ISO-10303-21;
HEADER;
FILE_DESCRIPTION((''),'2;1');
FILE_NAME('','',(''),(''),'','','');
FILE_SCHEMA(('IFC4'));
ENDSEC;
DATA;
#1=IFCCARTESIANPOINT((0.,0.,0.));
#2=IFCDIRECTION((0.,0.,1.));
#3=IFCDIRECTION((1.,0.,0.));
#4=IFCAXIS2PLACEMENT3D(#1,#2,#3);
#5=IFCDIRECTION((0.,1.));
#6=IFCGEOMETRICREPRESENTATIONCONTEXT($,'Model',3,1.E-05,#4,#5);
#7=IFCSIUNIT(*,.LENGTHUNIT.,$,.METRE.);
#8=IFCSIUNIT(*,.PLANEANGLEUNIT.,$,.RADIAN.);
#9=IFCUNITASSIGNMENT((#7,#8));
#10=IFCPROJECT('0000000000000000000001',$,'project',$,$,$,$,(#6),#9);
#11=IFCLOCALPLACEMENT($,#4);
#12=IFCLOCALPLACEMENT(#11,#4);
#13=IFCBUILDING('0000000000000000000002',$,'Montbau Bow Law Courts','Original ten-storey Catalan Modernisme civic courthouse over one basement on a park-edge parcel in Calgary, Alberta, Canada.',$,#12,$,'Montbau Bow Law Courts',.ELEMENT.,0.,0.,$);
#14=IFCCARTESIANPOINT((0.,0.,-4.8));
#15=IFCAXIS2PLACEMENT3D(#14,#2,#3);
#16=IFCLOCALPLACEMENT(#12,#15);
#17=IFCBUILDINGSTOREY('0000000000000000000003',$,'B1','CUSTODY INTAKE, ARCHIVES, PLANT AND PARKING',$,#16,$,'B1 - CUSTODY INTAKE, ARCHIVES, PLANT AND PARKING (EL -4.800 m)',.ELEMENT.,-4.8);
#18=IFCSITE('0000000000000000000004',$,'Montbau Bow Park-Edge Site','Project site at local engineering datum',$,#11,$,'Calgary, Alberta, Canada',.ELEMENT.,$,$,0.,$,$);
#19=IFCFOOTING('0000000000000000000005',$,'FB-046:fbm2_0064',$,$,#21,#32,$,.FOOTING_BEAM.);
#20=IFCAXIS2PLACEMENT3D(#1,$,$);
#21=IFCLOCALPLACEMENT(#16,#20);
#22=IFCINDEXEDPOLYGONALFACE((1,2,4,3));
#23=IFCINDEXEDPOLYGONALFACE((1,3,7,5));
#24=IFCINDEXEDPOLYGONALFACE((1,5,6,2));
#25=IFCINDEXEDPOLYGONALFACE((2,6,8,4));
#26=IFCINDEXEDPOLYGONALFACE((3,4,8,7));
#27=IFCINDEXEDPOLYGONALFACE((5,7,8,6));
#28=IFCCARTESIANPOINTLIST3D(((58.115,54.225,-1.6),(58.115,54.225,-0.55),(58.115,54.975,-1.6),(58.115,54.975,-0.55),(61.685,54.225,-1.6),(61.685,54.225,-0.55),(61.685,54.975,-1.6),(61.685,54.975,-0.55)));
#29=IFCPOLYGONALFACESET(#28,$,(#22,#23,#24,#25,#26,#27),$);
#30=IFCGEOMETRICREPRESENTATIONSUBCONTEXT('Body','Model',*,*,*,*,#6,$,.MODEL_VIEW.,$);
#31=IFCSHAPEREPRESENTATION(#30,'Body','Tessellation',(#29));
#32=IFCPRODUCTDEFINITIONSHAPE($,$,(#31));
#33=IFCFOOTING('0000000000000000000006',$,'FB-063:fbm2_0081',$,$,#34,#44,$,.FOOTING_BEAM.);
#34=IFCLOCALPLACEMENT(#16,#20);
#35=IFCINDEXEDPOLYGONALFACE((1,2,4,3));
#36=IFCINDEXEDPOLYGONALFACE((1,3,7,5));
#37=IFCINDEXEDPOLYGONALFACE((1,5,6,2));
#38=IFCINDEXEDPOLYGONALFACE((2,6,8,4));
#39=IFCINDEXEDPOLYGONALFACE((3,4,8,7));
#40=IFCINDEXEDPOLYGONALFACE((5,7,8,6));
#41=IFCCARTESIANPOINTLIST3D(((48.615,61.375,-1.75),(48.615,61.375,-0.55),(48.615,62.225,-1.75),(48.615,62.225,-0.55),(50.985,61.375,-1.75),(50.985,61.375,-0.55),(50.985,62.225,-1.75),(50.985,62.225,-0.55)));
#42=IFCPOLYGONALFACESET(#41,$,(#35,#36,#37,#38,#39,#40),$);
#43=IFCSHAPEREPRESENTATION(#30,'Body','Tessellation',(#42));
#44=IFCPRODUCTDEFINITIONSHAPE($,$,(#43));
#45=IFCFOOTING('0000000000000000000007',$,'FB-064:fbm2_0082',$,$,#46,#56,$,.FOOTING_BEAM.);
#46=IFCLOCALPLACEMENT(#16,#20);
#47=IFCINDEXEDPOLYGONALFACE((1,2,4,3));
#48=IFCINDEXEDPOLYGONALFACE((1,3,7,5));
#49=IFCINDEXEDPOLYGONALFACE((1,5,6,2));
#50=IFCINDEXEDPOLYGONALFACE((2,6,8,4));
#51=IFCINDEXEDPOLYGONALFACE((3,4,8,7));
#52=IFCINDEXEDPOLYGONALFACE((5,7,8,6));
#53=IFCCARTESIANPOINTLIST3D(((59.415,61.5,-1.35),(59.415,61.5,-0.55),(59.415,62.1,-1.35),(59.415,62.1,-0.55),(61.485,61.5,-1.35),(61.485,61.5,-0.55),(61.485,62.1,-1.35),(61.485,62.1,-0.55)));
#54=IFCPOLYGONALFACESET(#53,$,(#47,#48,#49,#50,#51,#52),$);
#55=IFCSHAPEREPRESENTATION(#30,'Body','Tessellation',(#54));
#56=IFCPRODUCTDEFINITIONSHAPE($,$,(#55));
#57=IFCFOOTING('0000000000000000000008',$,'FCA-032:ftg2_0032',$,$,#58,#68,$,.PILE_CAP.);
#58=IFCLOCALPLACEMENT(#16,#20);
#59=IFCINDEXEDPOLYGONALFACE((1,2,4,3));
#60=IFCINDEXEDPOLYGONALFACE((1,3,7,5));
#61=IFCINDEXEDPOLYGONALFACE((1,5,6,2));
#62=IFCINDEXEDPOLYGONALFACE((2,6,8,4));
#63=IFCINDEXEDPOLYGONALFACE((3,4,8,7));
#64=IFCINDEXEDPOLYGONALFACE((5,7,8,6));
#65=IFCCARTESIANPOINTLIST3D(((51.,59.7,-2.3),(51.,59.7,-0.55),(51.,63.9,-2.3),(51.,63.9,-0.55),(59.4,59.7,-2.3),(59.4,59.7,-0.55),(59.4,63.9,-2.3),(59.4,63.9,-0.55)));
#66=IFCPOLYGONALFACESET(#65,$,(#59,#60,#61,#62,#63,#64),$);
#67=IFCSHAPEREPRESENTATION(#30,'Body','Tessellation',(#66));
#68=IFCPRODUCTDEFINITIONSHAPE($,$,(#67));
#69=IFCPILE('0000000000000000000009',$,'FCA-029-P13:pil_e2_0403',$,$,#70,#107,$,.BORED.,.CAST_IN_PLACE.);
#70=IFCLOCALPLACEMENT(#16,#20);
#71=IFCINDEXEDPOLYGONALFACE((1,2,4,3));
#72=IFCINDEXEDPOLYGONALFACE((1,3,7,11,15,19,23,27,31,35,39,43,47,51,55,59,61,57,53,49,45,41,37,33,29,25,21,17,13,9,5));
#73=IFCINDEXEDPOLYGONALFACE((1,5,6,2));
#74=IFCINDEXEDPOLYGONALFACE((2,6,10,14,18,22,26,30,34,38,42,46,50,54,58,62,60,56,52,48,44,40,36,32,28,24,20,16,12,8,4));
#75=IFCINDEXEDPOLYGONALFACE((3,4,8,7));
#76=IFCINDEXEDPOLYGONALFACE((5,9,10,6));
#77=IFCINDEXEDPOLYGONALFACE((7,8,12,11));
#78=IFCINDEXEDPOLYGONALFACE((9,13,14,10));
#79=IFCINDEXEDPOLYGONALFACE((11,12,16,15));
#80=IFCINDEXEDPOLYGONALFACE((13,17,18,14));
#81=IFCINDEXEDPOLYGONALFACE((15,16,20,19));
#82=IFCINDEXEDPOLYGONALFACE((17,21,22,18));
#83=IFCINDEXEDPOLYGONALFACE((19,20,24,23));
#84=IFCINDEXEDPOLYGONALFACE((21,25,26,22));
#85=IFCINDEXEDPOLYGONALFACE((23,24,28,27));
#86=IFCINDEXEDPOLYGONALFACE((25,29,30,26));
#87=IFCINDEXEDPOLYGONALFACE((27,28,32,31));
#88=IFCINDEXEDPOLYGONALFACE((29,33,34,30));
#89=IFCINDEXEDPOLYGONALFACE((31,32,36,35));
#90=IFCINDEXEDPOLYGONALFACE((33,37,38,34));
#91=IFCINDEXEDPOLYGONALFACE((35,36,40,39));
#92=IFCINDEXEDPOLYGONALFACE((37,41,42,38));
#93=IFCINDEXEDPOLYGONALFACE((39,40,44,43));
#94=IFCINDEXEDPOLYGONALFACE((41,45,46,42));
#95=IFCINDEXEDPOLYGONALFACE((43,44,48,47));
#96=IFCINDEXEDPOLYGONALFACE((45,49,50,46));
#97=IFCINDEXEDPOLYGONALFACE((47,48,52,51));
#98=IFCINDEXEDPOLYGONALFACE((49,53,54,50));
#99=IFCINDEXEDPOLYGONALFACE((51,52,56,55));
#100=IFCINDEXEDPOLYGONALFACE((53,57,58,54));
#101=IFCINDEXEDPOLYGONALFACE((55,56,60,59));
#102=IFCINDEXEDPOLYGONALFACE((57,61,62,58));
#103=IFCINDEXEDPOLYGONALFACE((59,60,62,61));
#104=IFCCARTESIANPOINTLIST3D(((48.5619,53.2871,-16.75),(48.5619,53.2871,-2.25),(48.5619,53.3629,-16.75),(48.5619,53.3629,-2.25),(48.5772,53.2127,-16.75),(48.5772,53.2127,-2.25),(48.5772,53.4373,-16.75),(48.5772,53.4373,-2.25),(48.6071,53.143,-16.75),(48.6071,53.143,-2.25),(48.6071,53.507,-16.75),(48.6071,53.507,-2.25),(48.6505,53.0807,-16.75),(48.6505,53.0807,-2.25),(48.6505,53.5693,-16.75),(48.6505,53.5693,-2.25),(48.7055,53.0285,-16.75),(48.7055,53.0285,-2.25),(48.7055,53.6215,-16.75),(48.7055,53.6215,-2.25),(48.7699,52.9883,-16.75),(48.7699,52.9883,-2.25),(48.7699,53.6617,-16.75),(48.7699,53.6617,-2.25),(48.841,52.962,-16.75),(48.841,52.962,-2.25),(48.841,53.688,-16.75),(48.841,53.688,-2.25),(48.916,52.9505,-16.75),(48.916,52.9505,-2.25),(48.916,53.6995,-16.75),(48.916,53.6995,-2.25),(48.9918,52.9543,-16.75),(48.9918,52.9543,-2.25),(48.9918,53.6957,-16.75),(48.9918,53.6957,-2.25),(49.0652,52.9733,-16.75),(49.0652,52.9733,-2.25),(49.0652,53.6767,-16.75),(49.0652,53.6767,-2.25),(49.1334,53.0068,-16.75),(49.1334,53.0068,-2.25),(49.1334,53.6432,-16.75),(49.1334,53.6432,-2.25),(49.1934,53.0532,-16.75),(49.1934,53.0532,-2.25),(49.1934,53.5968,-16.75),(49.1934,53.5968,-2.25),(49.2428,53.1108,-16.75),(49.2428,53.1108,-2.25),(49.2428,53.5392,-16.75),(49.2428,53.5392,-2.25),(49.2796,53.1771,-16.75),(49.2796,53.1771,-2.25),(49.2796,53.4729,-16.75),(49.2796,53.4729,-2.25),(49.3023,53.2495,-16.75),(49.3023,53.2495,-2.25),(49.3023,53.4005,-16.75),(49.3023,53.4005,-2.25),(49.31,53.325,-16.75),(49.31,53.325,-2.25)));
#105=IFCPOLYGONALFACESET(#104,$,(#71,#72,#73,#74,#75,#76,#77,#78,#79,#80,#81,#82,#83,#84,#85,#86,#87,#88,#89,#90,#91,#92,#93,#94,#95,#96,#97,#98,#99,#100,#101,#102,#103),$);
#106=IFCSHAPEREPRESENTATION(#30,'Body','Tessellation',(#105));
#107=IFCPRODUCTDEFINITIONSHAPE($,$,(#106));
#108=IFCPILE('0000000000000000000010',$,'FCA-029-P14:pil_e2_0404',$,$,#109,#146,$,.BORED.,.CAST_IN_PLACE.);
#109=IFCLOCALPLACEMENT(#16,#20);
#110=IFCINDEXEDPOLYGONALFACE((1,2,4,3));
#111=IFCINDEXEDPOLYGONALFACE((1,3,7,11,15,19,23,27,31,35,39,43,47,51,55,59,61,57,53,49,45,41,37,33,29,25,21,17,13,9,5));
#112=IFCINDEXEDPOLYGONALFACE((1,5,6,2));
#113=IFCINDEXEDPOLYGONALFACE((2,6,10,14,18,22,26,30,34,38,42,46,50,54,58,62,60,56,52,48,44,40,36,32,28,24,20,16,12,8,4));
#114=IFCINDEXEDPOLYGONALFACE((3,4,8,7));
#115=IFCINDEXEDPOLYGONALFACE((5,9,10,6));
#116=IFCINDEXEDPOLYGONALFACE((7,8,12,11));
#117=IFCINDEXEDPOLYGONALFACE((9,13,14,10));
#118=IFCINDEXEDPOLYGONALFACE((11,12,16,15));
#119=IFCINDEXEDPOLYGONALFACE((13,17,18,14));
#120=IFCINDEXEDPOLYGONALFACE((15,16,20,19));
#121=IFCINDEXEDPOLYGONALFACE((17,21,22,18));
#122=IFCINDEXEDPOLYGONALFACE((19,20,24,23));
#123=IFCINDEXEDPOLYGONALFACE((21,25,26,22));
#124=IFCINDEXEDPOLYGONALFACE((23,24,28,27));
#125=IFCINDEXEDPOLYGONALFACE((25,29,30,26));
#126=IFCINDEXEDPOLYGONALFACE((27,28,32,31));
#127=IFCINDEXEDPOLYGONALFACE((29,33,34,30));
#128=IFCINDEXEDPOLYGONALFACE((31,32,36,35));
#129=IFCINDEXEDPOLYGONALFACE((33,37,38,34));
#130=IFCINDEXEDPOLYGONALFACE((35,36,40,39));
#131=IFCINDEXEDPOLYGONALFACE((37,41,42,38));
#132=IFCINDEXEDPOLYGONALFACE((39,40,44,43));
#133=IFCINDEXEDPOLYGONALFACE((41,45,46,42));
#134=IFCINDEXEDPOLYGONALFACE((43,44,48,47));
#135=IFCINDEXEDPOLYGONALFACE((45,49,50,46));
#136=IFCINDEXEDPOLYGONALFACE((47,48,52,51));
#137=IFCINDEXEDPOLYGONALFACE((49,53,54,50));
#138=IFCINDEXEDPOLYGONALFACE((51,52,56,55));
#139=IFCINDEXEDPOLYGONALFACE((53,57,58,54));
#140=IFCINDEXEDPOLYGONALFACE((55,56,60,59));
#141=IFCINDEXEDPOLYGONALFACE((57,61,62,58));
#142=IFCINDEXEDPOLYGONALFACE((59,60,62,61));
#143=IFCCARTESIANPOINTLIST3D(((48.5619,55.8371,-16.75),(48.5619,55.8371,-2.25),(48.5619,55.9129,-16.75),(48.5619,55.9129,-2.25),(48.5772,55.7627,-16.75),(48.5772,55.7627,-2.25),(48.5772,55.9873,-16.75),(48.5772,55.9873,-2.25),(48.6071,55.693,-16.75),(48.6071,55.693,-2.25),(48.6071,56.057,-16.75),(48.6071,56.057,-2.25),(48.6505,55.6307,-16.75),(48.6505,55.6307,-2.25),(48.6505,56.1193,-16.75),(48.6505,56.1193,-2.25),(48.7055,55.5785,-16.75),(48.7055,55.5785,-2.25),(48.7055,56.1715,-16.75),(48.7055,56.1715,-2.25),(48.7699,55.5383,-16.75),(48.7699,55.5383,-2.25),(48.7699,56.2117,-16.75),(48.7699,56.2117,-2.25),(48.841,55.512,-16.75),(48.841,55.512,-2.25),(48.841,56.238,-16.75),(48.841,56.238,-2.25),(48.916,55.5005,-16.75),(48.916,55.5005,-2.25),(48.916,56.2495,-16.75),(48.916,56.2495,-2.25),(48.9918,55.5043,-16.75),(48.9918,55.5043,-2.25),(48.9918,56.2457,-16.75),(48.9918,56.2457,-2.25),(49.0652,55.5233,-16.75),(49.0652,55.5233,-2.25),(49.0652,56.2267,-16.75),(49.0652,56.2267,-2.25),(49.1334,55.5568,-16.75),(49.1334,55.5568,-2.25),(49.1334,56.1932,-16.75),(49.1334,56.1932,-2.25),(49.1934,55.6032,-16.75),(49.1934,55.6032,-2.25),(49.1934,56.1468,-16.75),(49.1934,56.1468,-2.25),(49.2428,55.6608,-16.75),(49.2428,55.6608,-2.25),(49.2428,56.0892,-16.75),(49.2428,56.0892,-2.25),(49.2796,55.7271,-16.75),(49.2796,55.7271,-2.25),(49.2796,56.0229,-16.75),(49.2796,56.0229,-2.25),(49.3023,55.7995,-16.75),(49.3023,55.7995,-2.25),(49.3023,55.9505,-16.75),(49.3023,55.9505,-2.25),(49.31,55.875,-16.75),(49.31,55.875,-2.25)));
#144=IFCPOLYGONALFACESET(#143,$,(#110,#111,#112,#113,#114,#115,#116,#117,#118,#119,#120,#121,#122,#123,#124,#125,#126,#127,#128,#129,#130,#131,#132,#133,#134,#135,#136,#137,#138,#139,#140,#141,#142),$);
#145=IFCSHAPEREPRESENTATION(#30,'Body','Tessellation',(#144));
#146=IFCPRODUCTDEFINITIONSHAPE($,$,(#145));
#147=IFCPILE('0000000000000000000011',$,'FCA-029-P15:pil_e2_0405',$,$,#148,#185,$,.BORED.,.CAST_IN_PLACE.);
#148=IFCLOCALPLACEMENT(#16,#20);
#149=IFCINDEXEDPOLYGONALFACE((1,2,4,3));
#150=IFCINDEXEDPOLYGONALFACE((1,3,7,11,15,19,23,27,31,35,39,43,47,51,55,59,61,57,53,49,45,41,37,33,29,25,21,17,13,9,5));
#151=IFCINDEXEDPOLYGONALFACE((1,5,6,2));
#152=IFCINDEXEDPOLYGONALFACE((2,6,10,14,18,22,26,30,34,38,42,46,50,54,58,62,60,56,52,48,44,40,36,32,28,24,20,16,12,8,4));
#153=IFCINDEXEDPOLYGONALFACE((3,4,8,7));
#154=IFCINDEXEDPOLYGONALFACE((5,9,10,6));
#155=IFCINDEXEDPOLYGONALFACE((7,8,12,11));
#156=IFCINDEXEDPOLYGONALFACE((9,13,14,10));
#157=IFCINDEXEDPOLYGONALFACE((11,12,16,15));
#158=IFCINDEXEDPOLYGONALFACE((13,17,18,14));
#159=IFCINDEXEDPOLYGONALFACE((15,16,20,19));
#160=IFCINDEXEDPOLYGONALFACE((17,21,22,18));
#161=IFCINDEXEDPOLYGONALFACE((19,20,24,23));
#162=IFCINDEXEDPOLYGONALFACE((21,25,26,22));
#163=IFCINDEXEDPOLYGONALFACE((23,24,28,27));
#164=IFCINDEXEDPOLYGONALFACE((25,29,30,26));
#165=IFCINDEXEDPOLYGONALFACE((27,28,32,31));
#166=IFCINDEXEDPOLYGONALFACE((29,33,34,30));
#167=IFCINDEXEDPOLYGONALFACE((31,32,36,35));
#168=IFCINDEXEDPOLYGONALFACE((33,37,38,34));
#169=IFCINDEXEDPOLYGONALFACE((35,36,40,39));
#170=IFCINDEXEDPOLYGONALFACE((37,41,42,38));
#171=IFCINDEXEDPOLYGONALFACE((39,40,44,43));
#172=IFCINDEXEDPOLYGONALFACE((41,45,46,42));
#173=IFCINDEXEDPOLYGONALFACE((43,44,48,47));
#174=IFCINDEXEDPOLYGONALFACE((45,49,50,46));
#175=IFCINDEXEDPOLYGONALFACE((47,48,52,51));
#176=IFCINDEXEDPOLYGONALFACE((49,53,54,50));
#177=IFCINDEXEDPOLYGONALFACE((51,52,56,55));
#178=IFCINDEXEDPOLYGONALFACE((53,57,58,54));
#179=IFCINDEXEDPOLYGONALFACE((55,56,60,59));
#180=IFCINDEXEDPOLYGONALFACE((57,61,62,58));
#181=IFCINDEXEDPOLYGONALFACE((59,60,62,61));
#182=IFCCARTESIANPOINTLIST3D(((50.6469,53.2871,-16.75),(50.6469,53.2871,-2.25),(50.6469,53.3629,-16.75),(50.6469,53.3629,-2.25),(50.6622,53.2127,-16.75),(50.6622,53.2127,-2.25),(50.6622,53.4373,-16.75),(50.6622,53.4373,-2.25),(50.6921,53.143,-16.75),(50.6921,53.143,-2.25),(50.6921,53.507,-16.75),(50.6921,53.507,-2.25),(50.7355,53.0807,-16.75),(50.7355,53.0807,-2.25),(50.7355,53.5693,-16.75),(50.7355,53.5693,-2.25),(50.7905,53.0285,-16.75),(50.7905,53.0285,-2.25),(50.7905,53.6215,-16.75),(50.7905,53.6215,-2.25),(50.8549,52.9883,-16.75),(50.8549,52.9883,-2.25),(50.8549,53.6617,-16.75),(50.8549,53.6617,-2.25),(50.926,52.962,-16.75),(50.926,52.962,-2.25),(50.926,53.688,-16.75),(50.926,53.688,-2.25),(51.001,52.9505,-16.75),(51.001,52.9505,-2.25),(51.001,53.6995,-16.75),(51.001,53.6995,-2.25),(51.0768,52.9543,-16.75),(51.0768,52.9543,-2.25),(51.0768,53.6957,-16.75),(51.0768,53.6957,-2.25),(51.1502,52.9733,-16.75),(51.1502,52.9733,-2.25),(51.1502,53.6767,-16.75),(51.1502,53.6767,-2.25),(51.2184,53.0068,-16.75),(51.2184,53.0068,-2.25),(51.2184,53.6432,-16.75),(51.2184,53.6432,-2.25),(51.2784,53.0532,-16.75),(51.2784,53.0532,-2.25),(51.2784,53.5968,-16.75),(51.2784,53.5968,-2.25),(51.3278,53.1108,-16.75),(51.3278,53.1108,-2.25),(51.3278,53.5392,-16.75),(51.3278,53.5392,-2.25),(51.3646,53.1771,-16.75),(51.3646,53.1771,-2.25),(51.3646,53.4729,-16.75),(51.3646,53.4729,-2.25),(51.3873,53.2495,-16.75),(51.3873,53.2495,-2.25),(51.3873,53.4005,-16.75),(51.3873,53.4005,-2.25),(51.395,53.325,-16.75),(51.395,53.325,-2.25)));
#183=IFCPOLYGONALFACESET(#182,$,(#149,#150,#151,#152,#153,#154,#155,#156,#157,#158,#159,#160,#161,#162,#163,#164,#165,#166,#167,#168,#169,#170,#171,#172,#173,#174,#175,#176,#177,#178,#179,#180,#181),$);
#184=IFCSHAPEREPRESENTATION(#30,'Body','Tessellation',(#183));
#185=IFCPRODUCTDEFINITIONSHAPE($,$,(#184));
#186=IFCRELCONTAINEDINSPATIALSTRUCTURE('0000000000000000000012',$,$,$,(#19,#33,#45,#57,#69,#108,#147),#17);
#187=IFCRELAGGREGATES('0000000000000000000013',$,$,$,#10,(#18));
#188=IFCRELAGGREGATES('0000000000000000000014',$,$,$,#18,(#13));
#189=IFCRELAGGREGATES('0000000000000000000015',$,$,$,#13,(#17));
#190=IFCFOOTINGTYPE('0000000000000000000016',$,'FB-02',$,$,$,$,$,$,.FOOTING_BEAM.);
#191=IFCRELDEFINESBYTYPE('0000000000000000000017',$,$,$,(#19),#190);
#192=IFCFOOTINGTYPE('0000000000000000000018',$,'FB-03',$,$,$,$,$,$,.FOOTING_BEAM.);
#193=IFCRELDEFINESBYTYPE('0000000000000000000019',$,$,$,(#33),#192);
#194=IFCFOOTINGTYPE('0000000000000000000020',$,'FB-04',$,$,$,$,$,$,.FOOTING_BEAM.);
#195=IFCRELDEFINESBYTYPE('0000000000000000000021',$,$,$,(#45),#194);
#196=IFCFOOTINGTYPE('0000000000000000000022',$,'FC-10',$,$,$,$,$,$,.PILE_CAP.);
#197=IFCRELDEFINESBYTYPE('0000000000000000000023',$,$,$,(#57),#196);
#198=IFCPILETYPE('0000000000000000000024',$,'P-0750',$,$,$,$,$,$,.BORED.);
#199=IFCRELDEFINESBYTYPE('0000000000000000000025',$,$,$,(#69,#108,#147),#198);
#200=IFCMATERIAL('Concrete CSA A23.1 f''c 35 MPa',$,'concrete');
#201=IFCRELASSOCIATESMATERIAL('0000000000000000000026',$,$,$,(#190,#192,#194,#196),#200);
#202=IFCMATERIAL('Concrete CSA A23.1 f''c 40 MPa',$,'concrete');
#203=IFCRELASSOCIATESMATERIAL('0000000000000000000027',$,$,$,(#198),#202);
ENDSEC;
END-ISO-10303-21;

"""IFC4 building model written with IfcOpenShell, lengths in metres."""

from ifc_helpers import new_model, si_unit, direction, frame, origin_with_axes, origin_2d_with_axis, place, context, subcontext, project, spatial, rectangle, circle, extrude, material, material_profile, profile_set, type_object, element, save


model = new_model("IFC4")

# Units and contexts
model_context = context("Model", 3, precision=1e-05, world=origin_with_axes(), true_north=direction((0.0, 1.0)))
body_context = subcontext(model_context, "Body", "Model", "MODEL_VIEW")
ifc_project = project(units=[si_unit("LENGTHUNIT", "METRE"), si_unit("PLANEANGLEUNIT", "RADIAN")], contexts=[model_context])

# Site, building, storey
site_placement = place(None, origin_with_axes())
site = spatial("IfcSite", under=ifc_project, at=site_placement, Name="Montbau Bow Park-Edge Site", Description="Project site at local engineering datum", LongName="Calgary, Alberta, Canada", CompositionType="ELEMENT", RefElevation=0.0)
building_placement = place(site_placement, origin_with_axes())
building = spatial("IfcBuilding", under=site, at=building_placement, Name="Montbau Bow Law Courts", Description="Original ten-storey Catalan Modernisme civic courthouse over one basement on a park-edge parcel in Calgary, Alberta, Canada.", LongName="Montbau Bow Law Courts", CompositionType="ELEMENT", ElevationOfRefHeight=0.0, ElevationOfTerrain=0.0)
storey_placement = place(building_placement, frame((0.0, 0.0, -4.8), z_axis=(0.0, 0.0, 1.0), x_axis=(1.0, 0.0, 0.0)))
storey = spatial("IfcBuildingStorey", under=building, at=storey_placement, Name="B1", Description="CUSTODY INTAKE, ARCHIVES, PLANT AND PARKING", LongName="B1 - CUSTODY INTAKE, ARCHIVES, PLANT AND PARKING (EL -4.800 m)", CompositionType="ELEMENT", Elevation=-4.8)

# Footings
ifc_material_1 = material(Name="Concrete CSA A23.1 f'c 35 MPa", Category="concrete")
footing_type_1 = type_object("IfcFootingType", Name="FB-02", PredefinedType="FOOTING_BEAM", material=ifc_material_1)
footing_1_placement = place(None, frame((59.9, 54.6, -6.4), z_axis=(0.0, 0.0, 1.0), x_axis=(1.0, 0.0, 0.0)))
element("IfcFooting", 1, at=footing_1_placement, inside=storey, type_object=footing_type_1, Name="FB-046:fbm2_0064", PredefinedType="FOOTING_BEAM", context=body_context, shape_type="SweptSolid", body=[
    extrude(rectangle(XDim=3.57, YDim=0.75, at=origin_2d_with_axis()), origin_with_axes(), (0.0, 0.0, 1.0), 1.05),
])
footing_type_2 = type_object("IfcFootingType", Name="FB-03", PredefinedType="FOOTING_BEAM", material=ifc_material_1)
footing_2_placement = place(None, frame((49.8, 61.8, -6.55), z_axis=(0.0, 0.0, 1.0), x_axis=(1.0, 0.0, 0.0)))
element("IfcFooting", 2, at=footing_2_placement, inside=storey, type_object=footing_type_2, Name="FB-063:fbm2_0081", PredefinedType="FOOTING_BEAM", context=body_context, shape_type="SweptSolid", body=[
    extrude(rectangle(XDim=2.37, YDim=0.85, at=origin_2d_with_axis()), origin_with_axes(), (0.0, 0.0, 1.0), 1.2),
])
footing_type_3 = type_object("IfcFootingType", Name="FB-04", PredefinedType="FOOTING_BEAM", material=ifc_material_1)
footing_3_placement = place(None, frame((60.45, 61.8, -6.15), z_axis=(0.0, 0.0, 1.0), x_axis=(1.0, 0.0, 0.0)))
element("IfcFooting", 3, at=footing_3_placement, inside=storey, type_object=footing_type_3, Name="FB-064:fbm2_0082", PredefinedType="FOOTING_BEAM", context=body_context, shape_type="SweptSolid", body=[
    extrude(rectangle(XDim=2.07, YDim=0.6, at=origin_2d_with_axis()), origin_with_axes(), (0.0, 0.0, 1.0), 0.8),
])
footing_type_4 = type_object("IfcFootingType", Name="FC-10", PredefinedType="PILE_CAP", material=ifc_material_1)
footing_4_placement = place(None, frame((55.2, 61.8, -7.1), z_axis=(0.0, 0.0, 1.0), x_axis=(1.0, 0.0, 0.0)))
element("IfcFooting", 4, at=footing_4_placement, inside=storey, type_object=footing_type_4, Name="FCA-032:ftg2_0032", PredefinedType="PILE_CAP", context=body_context, shape_type="SweptSolid", body=[
    extrude(rectangle(XDim=8.4, YDim=4.2, at=origin_2d_with_axis()), origin_with_axes(), (0.0, 0.0, 1.0), 1.75),
])

# Piles
ifc_material_2 = material(Name="Concrete CSA A23.1 f'c 40 MPa", Category="concrete")
ifc_material_profile_1 = material_profile(ifc_material_2, circle(Radius=0.375, at=origin_2d_with_axis()), Name="BP750", Category="Main", Priority=0)
ifc_profile_set_1 = profile_set([ifc_material_profile_1], Name="Concrete CSA A23.1 f'c 40 MPa")
pile_type_1 = type_object("IfcPileType", Name="P-0750", PredefinedType="BORED", material=ifc_profile_set_1)
for number, where, z_axis, x_axis, name in (
    (5, (48.935, 53.325, -21.55), (0.0, 0.0, 1.0), (1.0, 0.0, 0.0), "FCA-029-P13:pil_e2_0403"),
    (6, (48.935, 55.875, -21.55), (0.0, 0.0, 1.0), (1.0, 0.0, 0.0), "FCA-029-P14:pil_e2_0404"),
    (7, (51.02, 53.325, -21.55), (0.0, 0.0, 1.0), (1.0, 0.0, 0.0), "FCA-029-P15:pil_e2_0405"),
):
    element("IfcPile", number, at=place(None, frame(where, z_axis=z_axis, x_axis=x_axis)), inside=storey, type_object=pile_type_1, Name=name, ConstructionType="CAST_IN_PLACE", PredefinedType="BORED", context=body_context, shape_type="SweptSolid", body=[
        extrude(circle(Radius=0.375, at=origin_2d_with_axis()), origin_with_axes(), (0.0, 0.0, 1.0), 14.5),
    ])

save(model, "model.ifc")
